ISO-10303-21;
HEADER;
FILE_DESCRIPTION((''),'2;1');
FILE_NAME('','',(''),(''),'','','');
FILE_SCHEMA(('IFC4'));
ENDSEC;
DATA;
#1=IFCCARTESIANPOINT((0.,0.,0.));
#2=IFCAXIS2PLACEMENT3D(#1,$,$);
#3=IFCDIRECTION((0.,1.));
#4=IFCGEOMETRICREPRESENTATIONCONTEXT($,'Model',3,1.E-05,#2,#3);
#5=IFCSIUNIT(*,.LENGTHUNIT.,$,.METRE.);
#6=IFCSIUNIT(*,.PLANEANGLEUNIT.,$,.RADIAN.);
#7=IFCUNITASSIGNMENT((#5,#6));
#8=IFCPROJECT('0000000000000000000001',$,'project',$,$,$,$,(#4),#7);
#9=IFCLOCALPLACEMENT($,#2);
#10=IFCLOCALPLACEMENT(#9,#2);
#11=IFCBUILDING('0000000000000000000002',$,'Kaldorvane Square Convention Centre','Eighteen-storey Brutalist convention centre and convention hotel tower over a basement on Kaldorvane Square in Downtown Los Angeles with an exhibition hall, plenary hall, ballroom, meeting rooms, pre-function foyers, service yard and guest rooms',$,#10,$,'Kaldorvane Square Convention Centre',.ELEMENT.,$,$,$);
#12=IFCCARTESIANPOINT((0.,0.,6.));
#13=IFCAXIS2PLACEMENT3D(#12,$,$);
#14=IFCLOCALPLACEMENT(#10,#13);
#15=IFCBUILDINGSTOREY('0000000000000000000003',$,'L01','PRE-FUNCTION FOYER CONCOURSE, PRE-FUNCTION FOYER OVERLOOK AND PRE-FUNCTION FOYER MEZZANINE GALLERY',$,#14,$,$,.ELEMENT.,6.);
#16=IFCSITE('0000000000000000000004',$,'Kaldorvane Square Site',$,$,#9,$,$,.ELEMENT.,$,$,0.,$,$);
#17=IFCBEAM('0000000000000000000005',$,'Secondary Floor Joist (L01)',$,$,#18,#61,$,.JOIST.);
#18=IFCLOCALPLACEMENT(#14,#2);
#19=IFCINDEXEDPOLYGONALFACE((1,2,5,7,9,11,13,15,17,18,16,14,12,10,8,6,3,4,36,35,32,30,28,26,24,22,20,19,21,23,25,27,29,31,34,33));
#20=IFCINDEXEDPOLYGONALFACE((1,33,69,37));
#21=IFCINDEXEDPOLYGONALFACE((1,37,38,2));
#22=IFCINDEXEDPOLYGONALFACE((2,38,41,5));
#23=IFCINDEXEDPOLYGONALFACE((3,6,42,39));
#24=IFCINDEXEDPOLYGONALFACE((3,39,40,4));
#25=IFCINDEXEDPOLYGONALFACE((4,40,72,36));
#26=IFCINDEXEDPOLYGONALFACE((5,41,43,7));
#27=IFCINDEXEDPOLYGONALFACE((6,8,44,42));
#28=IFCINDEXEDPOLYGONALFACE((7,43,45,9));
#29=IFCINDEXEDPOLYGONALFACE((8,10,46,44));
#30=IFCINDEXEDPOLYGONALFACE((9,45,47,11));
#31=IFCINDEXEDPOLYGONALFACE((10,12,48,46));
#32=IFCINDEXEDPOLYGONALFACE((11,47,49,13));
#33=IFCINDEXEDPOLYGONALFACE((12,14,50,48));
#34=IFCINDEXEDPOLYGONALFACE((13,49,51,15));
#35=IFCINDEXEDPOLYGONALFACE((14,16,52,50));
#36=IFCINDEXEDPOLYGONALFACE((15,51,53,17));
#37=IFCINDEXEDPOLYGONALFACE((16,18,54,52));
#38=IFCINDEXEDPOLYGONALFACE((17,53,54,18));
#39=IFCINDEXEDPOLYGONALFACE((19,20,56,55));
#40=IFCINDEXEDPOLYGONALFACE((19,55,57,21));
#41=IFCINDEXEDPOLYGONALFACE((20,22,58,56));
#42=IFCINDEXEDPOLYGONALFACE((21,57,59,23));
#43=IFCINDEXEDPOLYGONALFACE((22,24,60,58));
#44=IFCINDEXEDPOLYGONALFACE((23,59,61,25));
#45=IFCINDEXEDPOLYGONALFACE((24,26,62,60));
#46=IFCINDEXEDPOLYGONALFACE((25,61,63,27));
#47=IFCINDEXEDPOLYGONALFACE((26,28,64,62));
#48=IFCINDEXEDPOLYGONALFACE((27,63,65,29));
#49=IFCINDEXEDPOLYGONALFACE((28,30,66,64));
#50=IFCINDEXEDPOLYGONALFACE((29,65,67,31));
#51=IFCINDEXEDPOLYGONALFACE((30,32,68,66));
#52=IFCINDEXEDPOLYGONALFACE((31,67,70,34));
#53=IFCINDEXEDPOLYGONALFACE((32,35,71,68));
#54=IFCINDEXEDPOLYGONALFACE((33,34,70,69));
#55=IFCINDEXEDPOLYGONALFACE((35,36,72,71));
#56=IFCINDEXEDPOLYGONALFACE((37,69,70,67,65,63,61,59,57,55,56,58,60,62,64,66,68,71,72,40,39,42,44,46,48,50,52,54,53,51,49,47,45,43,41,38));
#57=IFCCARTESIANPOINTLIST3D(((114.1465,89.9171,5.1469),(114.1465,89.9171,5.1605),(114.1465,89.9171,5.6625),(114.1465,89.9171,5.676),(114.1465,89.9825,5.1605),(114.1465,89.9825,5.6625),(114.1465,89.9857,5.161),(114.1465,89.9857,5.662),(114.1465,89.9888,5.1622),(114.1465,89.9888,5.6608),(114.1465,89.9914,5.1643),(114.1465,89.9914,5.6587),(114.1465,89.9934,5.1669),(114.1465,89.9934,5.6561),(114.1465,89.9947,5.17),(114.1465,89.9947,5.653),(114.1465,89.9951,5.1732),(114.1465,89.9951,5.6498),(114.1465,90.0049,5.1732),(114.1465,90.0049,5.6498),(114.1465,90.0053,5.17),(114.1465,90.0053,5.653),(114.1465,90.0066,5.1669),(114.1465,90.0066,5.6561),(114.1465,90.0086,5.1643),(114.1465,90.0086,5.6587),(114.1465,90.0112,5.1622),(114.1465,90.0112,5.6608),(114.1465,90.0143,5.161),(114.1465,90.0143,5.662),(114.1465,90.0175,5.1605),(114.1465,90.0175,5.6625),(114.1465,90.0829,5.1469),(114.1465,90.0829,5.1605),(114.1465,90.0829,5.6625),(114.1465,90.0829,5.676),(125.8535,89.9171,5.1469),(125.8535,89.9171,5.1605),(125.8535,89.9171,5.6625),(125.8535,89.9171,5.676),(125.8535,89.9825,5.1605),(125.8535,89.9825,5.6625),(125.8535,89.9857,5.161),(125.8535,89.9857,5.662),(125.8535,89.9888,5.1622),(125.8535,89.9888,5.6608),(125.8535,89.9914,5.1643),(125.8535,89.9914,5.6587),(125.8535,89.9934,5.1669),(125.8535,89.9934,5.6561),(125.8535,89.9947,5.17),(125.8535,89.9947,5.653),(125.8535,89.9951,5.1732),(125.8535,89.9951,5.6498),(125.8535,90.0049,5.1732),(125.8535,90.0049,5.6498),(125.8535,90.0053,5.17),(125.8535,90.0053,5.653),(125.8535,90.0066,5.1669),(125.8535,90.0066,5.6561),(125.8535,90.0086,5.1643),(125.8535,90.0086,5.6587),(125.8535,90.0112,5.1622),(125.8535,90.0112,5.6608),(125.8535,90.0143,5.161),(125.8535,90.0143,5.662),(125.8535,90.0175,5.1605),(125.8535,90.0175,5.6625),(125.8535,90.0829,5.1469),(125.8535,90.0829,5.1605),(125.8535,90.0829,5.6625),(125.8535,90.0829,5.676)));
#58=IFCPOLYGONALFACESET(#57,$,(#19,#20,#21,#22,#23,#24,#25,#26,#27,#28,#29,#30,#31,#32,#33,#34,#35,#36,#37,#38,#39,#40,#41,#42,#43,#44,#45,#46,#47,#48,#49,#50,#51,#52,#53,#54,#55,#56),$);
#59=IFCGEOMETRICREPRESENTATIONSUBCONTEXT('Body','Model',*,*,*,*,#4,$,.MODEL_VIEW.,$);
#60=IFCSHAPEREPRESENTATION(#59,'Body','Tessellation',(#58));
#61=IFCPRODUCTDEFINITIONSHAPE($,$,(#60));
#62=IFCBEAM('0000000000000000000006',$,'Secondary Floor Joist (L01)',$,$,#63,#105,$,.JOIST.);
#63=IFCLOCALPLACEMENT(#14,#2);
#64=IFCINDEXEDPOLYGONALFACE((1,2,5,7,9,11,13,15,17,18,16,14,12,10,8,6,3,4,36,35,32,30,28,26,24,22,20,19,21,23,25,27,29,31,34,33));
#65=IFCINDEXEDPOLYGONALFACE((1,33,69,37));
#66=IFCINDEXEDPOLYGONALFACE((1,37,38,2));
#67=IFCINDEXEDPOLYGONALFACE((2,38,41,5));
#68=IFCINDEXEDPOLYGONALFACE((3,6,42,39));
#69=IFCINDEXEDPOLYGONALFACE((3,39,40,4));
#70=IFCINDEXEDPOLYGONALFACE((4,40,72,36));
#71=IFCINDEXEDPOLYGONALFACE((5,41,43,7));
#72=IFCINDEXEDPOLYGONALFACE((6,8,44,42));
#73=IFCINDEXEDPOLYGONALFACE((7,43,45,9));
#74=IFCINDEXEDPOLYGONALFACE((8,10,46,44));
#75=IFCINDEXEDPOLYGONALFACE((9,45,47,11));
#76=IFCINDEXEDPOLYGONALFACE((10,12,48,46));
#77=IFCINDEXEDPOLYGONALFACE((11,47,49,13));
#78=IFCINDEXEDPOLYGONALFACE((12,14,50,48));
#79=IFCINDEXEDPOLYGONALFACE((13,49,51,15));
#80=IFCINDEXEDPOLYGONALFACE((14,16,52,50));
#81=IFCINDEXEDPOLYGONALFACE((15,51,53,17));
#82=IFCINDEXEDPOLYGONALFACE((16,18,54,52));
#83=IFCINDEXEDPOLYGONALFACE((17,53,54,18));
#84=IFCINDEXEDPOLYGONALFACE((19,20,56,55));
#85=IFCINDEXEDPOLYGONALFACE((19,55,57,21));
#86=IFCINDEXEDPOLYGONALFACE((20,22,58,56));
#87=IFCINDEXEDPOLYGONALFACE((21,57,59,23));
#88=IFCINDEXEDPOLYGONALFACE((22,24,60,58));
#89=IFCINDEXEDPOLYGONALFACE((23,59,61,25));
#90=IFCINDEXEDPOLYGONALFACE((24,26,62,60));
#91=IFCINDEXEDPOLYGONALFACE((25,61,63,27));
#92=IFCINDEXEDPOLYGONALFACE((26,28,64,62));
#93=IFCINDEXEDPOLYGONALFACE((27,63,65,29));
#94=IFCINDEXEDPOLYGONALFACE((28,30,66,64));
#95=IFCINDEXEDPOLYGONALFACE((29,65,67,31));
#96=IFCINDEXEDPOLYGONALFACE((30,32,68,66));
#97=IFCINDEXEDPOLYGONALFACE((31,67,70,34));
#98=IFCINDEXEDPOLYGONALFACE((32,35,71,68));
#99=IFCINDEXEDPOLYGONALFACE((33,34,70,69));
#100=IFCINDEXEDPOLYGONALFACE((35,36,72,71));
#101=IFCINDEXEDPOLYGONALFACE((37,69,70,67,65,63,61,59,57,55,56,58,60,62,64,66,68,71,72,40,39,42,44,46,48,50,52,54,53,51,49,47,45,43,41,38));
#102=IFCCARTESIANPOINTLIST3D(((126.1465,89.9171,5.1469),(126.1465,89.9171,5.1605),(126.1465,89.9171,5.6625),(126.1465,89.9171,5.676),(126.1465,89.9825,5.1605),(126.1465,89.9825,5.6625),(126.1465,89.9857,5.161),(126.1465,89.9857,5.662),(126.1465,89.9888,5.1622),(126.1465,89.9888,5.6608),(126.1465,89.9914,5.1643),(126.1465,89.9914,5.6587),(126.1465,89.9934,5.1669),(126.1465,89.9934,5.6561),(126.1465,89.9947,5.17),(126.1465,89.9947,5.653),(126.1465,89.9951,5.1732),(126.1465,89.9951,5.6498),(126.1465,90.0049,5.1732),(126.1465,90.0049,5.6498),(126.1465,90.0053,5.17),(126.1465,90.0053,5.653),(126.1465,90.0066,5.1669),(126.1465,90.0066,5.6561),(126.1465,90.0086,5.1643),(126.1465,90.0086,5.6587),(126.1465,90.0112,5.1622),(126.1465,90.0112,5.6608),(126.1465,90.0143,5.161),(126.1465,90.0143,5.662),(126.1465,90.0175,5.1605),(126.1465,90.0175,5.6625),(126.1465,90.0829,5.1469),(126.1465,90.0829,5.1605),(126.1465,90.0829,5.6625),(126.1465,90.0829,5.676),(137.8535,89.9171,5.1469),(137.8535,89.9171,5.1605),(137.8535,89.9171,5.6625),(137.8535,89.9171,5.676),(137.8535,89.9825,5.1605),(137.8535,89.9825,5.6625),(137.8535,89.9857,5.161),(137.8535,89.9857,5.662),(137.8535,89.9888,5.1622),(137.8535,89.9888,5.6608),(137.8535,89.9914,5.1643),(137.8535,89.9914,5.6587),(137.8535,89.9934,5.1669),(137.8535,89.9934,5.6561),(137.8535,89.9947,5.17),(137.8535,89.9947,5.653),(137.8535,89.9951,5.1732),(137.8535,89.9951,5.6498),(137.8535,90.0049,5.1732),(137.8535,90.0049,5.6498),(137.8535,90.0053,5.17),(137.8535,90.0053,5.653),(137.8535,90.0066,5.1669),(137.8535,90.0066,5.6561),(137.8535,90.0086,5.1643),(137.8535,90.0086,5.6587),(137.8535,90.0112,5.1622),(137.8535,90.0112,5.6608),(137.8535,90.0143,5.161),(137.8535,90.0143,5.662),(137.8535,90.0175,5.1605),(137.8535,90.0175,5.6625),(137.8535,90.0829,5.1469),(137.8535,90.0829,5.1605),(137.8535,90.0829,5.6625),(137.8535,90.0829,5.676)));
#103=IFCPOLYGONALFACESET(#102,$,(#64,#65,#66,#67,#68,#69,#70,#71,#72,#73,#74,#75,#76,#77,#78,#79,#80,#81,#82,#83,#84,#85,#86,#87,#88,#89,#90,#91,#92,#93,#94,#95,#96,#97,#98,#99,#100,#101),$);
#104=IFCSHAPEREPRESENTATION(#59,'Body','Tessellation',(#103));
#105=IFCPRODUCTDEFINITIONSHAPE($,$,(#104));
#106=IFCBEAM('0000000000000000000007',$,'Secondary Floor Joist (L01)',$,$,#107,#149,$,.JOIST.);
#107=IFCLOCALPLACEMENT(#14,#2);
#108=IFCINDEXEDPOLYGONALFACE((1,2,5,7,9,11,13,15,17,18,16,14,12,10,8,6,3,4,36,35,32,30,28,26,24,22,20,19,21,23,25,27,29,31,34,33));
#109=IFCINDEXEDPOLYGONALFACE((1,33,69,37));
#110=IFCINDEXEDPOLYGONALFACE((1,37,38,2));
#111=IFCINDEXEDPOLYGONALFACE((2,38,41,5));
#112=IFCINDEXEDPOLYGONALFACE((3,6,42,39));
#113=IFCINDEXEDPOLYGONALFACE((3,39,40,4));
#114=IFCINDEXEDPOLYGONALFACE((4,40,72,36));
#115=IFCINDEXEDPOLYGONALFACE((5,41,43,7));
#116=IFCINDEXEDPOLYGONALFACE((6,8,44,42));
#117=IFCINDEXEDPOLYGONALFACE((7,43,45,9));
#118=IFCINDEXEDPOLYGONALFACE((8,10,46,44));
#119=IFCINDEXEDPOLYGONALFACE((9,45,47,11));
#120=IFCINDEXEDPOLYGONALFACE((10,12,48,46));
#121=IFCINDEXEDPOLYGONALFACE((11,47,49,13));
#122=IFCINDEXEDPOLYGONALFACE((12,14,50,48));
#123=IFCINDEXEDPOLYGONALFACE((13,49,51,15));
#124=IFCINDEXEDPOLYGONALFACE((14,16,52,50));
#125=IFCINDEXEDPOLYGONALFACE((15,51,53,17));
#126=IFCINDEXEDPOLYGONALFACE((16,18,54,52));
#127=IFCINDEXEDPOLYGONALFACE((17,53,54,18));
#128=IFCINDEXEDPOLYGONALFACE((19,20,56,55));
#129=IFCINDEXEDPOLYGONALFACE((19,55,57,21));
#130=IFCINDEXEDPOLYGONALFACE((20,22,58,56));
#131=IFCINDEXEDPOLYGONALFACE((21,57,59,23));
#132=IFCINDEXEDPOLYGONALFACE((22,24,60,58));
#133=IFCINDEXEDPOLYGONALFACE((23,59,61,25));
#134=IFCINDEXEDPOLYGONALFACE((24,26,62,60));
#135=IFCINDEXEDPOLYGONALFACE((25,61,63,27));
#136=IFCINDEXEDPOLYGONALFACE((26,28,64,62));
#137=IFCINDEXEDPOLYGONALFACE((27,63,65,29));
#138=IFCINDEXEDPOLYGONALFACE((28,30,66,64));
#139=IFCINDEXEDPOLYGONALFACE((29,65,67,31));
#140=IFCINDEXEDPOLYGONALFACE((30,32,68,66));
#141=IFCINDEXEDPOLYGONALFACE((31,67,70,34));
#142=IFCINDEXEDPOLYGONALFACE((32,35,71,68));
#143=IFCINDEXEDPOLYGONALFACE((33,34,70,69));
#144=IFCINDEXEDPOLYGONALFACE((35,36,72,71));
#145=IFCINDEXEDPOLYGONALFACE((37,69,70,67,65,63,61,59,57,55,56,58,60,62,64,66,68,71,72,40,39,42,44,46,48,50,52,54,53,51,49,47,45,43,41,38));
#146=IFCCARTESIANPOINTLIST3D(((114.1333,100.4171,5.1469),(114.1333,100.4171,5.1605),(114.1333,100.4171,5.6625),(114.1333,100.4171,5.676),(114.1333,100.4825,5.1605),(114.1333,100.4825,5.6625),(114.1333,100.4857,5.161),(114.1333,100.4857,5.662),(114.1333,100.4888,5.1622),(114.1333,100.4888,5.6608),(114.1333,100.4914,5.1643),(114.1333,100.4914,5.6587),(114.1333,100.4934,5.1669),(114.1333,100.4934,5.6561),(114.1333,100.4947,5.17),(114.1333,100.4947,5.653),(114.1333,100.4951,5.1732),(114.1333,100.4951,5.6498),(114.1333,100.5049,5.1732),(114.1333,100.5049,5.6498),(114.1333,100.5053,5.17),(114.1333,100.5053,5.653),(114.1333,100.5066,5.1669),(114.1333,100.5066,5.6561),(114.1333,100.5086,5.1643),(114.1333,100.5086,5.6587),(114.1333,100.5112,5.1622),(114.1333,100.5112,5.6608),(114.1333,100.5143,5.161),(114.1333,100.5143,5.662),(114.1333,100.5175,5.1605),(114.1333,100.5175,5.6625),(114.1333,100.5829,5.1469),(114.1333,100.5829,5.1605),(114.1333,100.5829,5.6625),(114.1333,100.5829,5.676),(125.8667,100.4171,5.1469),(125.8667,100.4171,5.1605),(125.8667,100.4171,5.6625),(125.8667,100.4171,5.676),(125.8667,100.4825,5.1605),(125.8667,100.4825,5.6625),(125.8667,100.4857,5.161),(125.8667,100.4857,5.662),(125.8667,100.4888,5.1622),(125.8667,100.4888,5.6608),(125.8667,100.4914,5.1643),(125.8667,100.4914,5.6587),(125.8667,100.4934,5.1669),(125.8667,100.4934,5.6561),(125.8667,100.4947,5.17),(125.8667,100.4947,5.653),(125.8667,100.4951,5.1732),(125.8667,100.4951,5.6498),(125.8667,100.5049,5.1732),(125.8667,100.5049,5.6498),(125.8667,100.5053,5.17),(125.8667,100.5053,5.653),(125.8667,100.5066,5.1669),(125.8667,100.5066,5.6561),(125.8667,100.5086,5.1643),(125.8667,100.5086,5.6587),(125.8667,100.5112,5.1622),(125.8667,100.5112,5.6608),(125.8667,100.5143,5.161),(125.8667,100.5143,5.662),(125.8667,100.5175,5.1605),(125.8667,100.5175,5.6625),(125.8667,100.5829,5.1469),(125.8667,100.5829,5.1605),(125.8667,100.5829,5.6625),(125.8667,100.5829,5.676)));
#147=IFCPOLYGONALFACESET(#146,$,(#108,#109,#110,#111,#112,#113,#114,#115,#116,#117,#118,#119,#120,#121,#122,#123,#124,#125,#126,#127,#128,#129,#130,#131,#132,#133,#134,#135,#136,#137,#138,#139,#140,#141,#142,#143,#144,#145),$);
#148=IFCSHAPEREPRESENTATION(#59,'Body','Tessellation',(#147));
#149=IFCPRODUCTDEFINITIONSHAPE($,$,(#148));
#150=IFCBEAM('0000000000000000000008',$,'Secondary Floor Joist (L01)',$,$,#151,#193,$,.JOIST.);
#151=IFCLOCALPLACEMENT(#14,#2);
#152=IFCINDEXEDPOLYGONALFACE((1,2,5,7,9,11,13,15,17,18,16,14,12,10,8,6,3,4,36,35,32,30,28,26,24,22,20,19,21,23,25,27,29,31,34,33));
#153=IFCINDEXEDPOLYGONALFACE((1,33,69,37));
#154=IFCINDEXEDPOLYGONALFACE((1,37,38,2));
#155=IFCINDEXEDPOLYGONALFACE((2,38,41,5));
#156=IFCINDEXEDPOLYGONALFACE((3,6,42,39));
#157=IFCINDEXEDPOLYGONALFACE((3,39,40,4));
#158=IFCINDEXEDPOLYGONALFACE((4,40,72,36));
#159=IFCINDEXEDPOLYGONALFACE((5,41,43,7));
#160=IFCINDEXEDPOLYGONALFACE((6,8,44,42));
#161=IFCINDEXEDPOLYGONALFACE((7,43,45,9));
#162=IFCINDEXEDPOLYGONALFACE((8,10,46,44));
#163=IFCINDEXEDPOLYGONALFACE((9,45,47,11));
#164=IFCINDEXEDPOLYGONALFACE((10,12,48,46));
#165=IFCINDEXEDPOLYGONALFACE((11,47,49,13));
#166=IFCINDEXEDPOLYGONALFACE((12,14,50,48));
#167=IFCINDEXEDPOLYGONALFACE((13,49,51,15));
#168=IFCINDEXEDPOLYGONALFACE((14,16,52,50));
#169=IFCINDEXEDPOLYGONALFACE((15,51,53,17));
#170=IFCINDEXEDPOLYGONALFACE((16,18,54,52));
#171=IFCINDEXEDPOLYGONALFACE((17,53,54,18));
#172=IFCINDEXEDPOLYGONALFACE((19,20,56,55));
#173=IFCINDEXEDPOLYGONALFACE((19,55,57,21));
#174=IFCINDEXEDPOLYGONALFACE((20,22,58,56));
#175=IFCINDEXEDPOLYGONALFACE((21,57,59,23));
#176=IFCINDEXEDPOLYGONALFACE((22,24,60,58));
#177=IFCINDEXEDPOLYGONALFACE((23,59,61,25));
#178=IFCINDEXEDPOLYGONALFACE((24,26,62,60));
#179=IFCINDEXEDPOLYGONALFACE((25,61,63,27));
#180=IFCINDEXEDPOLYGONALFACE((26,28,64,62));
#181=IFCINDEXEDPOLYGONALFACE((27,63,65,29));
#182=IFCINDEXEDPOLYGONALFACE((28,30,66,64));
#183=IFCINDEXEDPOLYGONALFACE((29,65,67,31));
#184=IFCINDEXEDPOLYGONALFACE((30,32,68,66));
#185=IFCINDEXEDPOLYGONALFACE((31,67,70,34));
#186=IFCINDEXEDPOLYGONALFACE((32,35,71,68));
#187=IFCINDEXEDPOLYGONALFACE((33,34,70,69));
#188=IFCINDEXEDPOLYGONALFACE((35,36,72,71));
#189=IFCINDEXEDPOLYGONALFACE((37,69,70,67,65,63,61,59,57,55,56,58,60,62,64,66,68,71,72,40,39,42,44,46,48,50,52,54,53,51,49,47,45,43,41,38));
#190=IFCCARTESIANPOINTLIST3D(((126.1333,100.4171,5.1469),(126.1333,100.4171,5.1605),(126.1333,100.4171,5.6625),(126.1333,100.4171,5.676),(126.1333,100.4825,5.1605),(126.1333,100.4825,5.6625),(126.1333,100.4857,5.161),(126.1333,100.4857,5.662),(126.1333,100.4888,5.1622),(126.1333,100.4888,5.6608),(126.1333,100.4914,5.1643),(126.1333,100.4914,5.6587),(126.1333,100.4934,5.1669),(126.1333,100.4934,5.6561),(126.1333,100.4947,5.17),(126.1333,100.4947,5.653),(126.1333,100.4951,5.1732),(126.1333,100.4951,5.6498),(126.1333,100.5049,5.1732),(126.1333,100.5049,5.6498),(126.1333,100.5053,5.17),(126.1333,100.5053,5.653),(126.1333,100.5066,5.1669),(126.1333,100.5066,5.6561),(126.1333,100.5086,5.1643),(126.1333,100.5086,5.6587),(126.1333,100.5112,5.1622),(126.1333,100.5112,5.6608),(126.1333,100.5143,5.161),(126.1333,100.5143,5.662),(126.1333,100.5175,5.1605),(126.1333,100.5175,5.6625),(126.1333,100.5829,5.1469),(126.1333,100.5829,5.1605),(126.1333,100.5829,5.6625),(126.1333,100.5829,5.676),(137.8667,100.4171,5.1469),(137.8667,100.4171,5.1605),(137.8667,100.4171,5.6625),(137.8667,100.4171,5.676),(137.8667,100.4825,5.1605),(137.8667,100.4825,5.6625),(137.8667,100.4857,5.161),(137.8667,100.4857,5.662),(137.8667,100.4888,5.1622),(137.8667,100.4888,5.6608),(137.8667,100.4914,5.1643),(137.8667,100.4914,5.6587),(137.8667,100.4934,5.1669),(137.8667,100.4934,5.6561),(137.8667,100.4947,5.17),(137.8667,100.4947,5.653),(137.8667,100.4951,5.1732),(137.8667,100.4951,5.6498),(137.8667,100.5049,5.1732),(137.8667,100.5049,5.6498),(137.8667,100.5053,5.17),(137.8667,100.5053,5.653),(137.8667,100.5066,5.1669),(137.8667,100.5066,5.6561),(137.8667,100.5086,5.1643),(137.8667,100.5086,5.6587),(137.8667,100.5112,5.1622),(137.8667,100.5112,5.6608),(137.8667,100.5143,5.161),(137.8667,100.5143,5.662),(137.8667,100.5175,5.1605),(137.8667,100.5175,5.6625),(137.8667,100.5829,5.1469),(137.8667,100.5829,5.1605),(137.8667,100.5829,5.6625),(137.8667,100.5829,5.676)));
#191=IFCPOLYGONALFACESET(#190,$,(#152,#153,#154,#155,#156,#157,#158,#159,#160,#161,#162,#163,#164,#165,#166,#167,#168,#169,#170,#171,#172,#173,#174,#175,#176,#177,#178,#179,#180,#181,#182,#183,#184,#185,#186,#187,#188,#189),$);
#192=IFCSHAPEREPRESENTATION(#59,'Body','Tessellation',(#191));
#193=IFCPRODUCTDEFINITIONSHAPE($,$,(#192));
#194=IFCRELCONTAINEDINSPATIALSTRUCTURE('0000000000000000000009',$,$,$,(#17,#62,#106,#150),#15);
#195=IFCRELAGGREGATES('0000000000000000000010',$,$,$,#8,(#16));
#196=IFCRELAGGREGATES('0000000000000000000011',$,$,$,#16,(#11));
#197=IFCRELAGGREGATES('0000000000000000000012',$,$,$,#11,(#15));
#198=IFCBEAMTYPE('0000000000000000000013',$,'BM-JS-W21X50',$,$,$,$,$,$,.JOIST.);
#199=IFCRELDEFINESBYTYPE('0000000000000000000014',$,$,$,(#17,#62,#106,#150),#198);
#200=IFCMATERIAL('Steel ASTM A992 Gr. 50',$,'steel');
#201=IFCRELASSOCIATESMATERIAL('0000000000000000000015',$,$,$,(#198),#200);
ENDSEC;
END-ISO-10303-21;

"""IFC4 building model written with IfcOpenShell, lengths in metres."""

from ifc_helpers import new_model, si_unit, direction, frame, origin, origin_2d, place, context, subcontext, project, spatial, i_section, extrude, material, material_profile, profile_set, type_object, element, save


model = new_model("IFC4")

# Units and contexts
model_context = context("Model", 3, precision=1e-05, world=origin(), true_north=direction((0.0, 1.0)))
body_context = subcontext(model_context, "Body", "Model", "MODEL_VIEW")
ifc_project = project(units=[si_unit("LENGTHUNIT", "METRE"), si_unit("PLANEANGLEUNIT", "RADIAN")], contexts=[model_context])

# Site, building, storey
site_placement = place(None, origin())
site = spatial("IfcSite", under=ifc_project, at=site_placement, Name="Kaldorvane Square Site", CompositionType="ELEMENT", RefElevation=0.0)
building_placement = place(site_placement, origin())
building = spatial("IfcBuilding", under=site, at=building_placement, Name="Kaldorvane Square Convention Centre", Description="Eighteen-storey Brutalist convention centre and convention hotel tower over a basement on Kaldorvane Square in Downtown Los Angeles with an exhibition hall, plenary hall, ballroom, meeting rooms, pre-function foyers, service yard and guest rooms", LongName="Kaldorvane Square Convention Centre", CompositionType="ELEMENT")
storey_placement = place(building_placement, frame((0.0, 0.0, 6.0)))
storey = spatial("IfcBuildingStorey", under=building, at=storey_placement, Name="L01", Description="PRE-FUNCTION FOYER CONCOURSE, PRE-FUNCTION FOYER OVERLOOK AND PRE-FUNCTION FOYER MEZZANINE GALLERY", CompositionType="ELEMENT", Elevation=6.0)

# Shared definitions
ifc_material_1 = material(Name="Steel ASTM A992 Gr. 50", Category="steel")

# Beams
ifc_material_profile_1 = material_profile(ifc_material_1, i_section(OverallWidth=0.1659, OverallDepth=0.5291, WebThickness=0.0097, FlangeThickness=0.0136, FilletRadius=0.0127, at=origin_2d()), Name="W21X50")
ifc_profile_set_1 = profile_set([ifc_material_profile_1], Name="Steel ASTM A992 Gr. 50")
beam_type_1 = type_object("IfcBeamType", Name="BM-JS-W21X50", PredefinedType="JOIST", material=ifc_profile_set_1)
for number, where, z_axis, x_axis, name in (
    (1, (114.1465, 90.0, 5.4115), (1.0, 0.0, 0.0), (0.0, 1.0, 0.0), "Secondary Floor Joist (L01)"),
    (2, (126.1465, 90.0, 5.4115), (1.0, 0.0, 0.0), (0.0, 1.0, 0.0), "Secondary Floor Joist (L01)"),
):
    element("IfcBeam", number, at=place(storey_placement, frame(where, z_axis=z_axis, x_axis=x_axis)), inside=storey, type_object=beam_type_1, Name=name, PredefinedType="JOIST", context=body_context, shape_type="SweptSolid", body=[
        extrude(i_section(OverallWidth=0.1659, OverallDepth=0.5291, WebThickness=0.0097, FlangeThickness=0.0136, FilletRadius=0.0127, at=origin_2d()), origin(), (0.0, 0.0, 1.0), 11.707),
    ])
for number, where, z_axis, x_axis, name in (
    (3, (114.1333, 100.5, 5.4115), (1.0, 0.0, 0.0), (0.0, 1.0, 0.0), "Secondary Floor Joist (L01)"),
    (4, (126.1333, 100.5, 5.4115), (1.0, 0.0, 0.0), (0.0, 1.0, 0.0), "Secondary Floor Joist (L01)"),
):
    element("IfcBeam", number, at=place(storey_placement, frame(where, z_axis=z_axis, x_axis=x_axis)), inside=storey, type_object=beam_type_1, Name=name, PredefinedType="JOIST", context=body_context, shape_type="SweptSolid", body=[
        extrude(i_section(OverallWidth=0.1659, OverallDepth=0.5291, WebThickness=0.0097, FlangeThickness=0.0136, FilletRadius=0.0127, at=origin_2d()), origin(), (0.0, 0.0, 1.0), 11.7334),
    ])

save(model, "model.ifc")
